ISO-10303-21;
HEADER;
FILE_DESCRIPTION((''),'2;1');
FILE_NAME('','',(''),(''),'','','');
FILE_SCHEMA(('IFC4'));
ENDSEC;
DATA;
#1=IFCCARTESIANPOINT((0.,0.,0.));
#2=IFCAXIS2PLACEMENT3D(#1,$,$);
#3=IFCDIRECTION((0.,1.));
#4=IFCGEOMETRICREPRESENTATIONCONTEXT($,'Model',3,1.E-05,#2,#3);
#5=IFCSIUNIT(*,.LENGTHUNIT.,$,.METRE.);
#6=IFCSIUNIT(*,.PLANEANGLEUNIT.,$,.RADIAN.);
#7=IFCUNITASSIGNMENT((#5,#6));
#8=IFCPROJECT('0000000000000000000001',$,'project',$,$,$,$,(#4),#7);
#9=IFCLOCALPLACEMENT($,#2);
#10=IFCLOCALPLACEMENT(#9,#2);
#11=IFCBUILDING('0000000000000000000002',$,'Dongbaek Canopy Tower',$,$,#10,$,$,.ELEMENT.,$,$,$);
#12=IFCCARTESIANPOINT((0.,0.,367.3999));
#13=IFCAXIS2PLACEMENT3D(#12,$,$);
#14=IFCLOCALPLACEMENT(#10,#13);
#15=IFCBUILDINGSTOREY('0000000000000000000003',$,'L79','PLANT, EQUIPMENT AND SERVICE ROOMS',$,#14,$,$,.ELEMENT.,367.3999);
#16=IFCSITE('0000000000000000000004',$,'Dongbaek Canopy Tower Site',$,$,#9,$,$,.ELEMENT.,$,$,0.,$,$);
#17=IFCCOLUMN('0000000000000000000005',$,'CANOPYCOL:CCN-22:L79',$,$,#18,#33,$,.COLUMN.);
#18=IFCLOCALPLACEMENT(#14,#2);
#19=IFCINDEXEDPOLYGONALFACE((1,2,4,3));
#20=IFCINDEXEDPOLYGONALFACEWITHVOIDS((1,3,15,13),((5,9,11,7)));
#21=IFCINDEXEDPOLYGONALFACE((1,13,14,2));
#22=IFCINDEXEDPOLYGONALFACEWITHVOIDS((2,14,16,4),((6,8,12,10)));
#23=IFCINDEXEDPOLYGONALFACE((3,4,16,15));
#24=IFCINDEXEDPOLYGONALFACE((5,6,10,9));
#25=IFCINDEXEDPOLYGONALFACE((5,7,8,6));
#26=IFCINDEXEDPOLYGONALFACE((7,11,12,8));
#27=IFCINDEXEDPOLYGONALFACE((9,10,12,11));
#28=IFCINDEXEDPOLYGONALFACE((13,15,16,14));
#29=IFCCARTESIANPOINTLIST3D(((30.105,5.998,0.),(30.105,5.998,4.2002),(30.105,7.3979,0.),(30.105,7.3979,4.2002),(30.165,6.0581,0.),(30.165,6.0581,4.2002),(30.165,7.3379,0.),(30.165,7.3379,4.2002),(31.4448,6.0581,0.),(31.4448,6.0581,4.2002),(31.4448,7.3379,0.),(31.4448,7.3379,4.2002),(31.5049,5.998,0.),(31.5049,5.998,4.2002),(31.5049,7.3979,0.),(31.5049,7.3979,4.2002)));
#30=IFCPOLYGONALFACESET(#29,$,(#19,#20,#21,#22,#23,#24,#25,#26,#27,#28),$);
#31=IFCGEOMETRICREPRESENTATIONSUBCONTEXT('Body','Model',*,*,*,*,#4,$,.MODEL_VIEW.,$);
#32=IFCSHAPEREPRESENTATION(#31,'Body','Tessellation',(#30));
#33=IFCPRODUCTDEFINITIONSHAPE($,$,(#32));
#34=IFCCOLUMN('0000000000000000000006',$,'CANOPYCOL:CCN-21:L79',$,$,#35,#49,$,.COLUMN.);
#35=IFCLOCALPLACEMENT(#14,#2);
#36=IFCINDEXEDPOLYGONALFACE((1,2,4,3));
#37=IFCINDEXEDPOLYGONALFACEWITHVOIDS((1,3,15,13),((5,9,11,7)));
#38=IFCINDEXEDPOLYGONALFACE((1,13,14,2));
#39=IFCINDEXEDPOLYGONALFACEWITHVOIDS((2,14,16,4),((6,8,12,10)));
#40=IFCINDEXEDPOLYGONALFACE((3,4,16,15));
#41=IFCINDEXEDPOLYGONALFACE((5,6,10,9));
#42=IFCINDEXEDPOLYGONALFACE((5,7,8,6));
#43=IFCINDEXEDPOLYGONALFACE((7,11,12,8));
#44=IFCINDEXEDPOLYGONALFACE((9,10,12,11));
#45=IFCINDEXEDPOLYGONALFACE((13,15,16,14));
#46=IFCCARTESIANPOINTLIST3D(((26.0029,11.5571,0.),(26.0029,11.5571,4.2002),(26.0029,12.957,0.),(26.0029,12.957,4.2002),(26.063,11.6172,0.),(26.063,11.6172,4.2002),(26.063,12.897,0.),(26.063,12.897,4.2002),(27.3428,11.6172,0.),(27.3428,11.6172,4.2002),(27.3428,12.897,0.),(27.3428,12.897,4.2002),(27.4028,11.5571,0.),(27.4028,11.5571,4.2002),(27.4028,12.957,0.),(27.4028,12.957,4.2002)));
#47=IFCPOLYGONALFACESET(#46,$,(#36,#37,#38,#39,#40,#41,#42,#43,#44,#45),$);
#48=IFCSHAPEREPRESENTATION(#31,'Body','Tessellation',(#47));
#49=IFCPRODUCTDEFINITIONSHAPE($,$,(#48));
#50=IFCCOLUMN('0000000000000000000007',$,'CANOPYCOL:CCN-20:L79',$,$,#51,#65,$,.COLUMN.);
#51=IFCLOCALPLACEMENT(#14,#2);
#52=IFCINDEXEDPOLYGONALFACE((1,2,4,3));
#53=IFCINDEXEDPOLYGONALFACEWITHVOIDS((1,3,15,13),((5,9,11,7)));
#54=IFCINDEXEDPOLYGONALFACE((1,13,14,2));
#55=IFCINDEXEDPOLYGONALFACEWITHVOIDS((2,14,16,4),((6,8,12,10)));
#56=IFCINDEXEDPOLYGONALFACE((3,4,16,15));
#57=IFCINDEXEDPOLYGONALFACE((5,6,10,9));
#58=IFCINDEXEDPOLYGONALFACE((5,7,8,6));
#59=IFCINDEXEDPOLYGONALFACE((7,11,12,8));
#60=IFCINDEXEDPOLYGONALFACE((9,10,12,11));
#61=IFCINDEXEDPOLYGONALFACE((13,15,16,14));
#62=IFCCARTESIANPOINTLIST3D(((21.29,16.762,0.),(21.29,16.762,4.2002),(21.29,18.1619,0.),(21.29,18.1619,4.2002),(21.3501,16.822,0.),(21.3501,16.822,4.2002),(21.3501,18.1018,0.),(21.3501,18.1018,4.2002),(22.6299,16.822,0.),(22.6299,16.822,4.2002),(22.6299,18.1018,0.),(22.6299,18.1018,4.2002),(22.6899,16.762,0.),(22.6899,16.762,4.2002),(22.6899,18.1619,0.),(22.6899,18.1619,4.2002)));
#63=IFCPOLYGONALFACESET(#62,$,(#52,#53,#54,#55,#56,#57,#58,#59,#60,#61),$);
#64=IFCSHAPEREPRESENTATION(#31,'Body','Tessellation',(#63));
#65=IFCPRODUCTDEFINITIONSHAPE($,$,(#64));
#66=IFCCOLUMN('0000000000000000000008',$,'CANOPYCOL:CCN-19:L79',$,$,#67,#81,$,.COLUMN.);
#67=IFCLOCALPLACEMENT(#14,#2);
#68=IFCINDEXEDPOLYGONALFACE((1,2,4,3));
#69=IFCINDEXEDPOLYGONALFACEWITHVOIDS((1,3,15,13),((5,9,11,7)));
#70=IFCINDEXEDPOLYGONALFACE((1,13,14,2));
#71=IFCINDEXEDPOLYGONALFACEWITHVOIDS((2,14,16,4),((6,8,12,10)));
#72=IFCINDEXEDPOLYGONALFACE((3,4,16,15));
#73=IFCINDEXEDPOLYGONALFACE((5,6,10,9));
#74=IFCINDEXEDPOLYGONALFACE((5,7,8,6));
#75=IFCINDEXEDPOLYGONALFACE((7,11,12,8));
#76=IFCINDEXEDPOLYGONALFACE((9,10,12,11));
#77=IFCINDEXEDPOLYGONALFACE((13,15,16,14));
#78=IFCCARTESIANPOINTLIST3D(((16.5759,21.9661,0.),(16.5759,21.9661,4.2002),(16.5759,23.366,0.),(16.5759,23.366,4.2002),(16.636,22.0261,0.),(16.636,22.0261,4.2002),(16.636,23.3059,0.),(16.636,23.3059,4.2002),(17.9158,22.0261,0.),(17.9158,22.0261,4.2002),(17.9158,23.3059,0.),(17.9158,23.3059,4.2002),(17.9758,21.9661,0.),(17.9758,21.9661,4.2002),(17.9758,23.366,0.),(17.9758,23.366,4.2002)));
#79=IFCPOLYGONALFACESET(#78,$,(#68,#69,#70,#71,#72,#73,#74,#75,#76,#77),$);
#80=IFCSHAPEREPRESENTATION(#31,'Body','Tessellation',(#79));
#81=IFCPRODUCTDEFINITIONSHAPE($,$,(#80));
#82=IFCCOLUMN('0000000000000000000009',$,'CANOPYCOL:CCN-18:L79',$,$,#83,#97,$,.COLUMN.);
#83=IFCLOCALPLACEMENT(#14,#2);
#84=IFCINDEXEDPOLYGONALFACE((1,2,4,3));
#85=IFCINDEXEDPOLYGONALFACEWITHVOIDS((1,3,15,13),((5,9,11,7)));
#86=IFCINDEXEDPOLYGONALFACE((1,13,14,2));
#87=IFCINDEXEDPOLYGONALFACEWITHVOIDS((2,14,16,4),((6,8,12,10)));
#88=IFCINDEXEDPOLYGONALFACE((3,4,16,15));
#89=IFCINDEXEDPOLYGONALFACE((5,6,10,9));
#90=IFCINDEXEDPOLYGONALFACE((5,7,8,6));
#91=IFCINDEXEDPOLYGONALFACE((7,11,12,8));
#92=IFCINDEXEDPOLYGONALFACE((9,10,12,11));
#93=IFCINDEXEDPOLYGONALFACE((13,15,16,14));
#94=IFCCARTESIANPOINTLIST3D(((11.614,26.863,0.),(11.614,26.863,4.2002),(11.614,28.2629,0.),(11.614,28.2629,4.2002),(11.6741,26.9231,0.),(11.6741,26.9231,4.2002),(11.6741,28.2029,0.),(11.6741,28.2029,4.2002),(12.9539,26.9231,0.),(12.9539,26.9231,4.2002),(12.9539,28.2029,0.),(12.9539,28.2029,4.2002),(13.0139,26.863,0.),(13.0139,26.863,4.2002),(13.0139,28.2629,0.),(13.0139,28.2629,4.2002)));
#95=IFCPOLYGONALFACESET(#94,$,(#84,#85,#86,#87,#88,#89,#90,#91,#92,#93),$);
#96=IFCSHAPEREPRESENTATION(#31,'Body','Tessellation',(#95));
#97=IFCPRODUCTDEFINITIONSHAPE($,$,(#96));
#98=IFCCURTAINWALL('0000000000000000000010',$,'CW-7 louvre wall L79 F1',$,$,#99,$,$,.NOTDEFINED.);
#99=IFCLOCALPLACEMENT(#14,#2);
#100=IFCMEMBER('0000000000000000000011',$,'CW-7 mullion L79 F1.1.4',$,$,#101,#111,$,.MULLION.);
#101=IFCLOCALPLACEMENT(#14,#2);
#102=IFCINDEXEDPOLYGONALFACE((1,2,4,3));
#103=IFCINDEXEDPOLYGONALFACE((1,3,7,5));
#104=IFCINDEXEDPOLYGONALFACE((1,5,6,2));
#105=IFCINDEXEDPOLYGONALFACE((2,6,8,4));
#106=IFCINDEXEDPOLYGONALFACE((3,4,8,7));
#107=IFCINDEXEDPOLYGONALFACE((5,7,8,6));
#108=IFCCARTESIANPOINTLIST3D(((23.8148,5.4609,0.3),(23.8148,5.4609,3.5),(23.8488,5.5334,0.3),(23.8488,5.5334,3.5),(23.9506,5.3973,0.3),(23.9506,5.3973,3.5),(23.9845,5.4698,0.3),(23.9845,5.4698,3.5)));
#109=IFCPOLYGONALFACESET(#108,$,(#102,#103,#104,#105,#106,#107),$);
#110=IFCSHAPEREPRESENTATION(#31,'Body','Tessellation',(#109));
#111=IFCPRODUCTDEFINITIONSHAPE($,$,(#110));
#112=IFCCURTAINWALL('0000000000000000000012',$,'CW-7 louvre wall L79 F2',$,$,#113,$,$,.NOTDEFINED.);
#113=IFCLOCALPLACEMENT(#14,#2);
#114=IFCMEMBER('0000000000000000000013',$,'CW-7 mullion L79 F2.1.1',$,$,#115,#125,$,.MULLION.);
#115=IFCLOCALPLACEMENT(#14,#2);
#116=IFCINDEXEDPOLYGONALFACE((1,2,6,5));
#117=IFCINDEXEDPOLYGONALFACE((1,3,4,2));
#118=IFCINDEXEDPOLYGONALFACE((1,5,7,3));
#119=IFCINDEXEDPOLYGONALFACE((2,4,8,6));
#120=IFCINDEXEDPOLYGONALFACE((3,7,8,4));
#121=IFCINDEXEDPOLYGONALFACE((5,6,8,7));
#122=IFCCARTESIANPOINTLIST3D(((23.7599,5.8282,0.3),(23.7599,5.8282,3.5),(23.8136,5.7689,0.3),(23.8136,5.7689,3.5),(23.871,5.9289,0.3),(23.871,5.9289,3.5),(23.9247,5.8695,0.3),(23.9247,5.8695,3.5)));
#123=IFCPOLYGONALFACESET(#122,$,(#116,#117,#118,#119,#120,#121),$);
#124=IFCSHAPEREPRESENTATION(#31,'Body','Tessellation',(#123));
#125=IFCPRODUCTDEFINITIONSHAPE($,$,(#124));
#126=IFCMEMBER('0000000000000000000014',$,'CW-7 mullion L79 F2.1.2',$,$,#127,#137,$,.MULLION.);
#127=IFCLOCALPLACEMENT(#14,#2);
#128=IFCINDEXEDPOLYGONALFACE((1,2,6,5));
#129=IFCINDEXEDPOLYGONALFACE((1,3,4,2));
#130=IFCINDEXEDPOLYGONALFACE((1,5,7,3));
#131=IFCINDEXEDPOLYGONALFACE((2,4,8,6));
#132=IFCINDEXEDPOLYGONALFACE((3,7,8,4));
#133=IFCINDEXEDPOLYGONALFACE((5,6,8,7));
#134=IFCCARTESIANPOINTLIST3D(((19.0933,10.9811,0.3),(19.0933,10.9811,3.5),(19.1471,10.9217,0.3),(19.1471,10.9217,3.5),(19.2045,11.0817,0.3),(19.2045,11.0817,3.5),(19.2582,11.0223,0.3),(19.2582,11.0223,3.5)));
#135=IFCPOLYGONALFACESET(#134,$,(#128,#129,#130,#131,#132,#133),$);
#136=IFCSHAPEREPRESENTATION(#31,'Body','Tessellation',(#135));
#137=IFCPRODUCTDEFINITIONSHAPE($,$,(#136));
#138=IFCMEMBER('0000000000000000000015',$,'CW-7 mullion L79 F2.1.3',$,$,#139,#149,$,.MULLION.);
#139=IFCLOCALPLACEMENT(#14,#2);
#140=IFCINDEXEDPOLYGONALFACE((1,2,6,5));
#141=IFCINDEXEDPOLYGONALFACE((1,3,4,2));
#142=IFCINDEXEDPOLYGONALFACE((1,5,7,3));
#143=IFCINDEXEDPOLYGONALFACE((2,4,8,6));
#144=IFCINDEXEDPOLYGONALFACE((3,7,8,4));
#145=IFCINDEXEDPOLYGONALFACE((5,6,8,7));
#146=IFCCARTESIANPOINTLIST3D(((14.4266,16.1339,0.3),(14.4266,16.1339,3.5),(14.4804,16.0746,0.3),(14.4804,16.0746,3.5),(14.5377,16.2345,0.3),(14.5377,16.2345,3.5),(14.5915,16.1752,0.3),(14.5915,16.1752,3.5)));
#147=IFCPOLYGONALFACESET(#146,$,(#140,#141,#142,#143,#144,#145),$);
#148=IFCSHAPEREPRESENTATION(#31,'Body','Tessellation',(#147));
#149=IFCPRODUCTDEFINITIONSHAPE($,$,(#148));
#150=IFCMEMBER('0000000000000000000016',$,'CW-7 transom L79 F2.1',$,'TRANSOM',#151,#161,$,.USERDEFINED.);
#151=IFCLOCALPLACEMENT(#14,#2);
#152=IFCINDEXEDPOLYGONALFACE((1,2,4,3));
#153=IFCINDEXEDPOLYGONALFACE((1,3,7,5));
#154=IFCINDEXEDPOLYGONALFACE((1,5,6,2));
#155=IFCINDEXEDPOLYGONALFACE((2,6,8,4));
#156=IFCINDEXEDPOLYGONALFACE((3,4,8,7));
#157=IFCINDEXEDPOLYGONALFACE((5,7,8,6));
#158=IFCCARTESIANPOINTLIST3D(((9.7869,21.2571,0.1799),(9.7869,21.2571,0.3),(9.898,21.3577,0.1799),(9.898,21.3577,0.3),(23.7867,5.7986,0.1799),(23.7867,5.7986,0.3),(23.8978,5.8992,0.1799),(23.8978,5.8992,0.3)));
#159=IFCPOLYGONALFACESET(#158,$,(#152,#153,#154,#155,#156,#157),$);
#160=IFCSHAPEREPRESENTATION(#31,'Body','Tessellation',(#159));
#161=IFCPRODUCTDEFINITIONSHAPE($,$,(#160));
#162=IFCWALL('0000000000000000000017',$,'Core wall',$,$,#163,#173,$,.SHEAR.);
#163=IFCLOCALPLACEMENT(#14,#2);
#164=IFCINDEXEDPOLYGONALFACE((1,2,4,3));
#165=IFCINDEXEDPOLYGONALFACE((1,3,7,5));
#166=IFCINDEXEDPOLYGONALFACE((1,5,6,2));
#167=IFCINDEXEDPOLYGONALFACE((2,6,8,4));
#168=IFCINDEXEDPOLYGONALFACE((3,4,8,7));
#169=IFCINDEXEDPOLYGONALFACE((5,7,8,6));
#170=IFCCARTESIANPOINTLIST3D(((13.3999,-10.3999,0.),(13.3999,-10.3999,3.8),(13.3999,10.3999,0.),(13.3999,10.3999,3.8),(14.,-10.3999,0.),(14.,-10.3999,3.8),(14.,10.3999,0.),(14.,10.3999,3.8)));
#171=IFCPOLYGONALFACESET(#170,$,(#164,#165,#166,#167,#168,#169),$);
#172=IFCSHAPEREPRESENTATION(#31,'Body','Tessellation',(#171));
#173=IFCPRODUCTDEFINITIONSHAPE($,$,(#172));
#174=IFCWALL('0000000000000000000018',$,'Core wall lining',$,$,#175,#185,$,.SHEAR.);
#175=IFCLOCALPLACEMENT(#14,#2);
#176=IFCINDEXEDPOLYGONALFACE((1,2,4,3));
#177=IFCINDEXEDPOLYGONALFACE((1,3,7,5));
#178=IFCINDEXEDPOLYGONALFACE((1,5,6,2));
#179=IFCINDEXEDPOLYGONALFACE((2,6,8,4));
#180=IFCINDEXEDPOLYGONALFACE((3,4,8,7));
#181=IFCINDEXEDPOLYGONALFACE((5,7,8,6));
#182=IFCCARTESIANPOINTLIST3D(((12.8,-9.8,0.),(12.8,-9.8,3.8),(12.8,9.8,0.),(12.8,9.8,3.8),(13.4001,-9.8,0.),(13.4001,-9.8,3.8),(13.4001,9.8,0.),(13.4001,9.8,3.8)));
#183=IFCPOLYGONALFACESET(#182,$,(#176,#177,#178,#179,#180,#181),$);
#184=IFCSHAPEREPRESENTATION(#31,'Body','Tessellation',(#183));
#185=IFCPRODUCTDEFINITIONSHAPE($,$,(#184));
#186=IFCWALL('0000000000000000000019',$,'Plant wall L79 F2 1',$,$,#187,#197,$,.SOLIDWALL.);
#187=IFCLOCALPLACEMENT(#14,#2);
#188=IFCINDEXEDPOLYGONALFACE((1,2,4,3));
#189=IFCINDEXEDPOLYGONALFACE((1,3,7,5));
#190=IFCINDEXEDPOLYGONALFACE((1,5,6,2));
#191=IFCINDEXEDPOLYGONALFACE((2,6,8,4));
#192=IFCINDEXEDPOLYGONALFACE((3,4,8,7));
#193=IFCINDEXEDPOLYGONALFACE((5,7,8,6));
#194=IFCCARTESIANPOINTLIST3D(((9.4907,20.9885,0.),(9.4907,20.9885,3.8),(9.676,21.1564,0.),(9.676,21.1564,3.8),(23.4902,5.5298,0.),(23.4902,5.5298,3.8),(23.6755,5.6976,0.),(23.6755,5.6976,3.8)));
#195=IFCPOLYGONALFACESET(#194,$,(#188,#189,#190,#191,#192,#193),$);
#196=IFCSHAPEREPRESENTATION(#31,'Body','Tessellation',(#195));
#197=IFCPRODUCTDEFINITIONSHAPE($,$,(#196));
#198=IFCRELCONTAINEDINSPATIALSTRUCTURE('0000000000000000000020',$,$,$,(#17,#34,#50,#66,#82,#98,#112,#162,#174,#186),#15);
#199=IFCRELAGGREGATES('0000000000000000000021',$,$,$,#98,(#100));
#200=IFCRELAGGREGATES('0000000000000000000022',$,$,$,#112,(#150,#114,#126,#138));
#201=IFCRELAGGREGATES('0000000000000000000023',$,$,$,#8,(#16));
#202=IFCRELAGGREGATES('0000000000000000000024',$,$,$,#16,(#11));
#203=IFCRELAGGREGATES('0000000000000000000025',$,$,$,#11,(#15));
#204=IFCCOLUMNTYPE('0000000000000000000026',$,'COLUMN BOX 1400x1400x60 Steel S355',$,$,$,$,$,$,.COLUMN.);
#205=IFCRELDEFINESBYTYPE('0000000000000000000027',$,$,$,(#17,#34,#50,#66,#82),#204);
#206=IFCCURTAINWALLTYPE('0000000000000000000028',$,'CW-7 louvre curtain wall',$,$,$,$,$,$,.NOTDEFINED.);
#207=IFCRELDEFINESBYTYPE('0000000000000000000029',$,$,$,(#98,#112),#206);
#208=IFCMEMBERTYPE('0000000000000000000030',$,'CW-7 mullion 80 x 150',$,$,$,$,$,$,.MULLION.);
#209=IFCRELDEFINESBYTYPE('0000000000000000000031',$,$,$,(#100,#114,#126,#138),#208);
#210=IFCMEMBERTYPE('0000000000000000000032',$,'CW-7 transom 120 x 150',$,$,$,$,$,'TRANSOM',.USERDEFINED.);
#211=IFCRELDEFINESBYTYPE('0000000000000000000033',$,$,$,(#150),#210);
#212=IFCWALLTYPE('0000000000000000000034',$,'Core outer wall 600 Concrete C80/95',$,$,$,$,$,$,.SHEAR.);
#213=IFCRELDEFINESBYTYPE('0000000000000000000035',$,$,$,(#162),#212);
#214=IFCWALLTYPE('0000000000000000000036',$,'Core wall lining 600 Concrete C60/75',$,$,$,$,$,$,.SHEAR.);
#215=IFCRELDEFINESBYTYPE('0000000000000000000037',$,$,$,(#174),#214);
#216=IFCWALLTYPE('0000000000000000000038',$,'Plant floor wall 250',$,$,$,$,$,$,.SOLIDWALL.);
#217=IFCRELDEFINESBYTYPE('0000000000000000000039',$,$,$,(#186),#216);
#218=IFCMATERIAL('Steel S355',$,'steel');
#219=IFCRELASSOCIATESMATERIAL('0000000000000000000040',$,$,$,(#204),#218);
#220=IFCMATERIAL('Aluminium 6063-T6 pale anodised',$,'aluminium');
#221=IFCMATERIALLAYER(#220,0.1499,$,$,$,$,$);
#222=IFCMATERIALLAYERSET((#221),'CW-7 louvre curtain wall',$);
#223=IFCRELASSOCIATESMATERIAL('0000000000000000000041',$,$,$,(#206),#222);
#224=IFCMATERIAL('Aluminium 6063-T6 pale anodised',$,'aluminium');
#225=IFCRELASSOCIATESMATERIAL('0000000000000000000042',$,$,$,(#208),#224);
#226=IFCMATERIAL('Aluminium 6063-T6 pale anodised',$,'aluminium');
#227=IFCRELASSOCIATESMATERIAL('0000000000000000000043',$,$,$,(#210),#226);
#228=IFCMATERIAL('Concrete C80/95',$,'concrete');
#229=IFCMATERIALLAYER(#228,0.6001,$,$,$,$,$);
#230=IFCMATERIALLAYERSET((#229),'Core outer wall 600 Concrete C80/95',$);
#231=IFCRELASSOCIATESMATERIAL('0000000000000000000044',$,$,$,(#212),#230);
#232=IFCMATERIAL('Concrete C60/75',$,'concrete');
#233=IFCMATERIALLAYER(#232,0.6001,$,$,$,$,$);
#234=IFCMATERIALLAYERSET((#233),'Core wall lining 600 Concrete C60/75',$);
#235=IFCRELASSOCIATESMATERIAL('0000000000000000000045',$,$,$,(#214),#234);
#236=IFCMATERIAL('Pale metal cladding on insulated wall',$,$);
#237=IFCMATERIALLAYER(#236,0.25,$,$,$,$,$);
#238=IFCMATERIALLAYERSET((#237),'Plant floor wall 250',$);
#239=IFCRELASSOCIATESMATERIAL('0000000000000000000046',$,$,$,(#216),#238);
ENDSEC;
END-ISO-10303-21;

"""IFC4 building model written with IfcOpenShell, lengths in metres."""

from ifc_helpers import new_model, si_unit, direction, frame, frame_2d, origin, origin_2d, place, context, subcontext, project, spatial, rectangle, hollow_rectangle, extrude, material, layer, layer_set, material_profile, profile_set, type_object, element, aggregate, save


model = new_model("IFC4")

# Units and contexts
model_context = context("Model", 3, precision=1e-05, world=origin(), true_north=direction((0.0, 1.0)))
body_context = subcontext(model_context, "Body", "Model", "MODEL_VIEW")
ifc_project = project(units=[si_unit("LENGTHUNIT", "METRE"), si_unit("PLANEANGLEUNIT", "RADIAN")], contexts=[model_context])

# Site, building, storey
site_placement = place(None, origin())
site = spatial("IfcSite", under=ifc_project, at=site_placement, Name="Dongbaek Canopy Tower Site", CompositionType="ELEMENT", RefElevation=0.0)
building_placement = place(site_placement, origin())
building = spatial("IfcBuilding", under=site, at=building_placement, Name="Dongbaek Canopy Tower", CompositionType="ELEMENT")
storey_placement = place(building_placement, frame((0.0, 0.0, 367.3999)))
storey = spatial("IfcBuildingStorey", under=building, at=storey_placement, Name="L79", Description="PLANT, EQUIPMENT AND SERVICE ROOMS", CompositionType="ELEMENT", Elevation=367.3999)

# Columns
ifc_material_1 = material(Name="Steel S355", Category="steel")
ifc_material_profile_1 = material_profile(ifc_material_1, hollow_rectangle(XDim=1.3999, YDim=1.3999, WallThickness=0.0601, at=origin_2d()), Name="COLUMN BOX 1400x1400x60 Steel S355")
ifc_profile_set_1 = profile_set([ifc_material_profile_1], Name="Steel S355")
column_type = type_object("IfcColumnType", Name="COLUMN BOX 1400x1400x60 Steel S355", PredefinedType="COLUMN", material=ifc_profile_set_1)
for number, where, z_axis, x_axis, name in (
    (1, (30.8049, 6.698, 0.0), (0.0, 0.0, 1.0), (1.0, 0.0, 0.0), "CANOPYCOL:CCN-22:L79"),
    (2, (26.7029, 12.2571, 0.0), (0.0, 0.0, 1.0), (1.0, 0.0, 0.0), "CANOPYCOL:CCN-21:L79"),
    (3, (21.99, 17.4619, 0.0), (0.0, 0.0, 1.0), (1.0, 0.0, 0.0), "CANOPYCOL:CCN-20:L79"),
    (4, (17.2759, 22.666, 0.0), (0.0, 0.0, 1.0), (1.0, 0.0, 0.0), "CANOPYCOL:CCN-19:L79"),
    (5, (12.314, 27.563, 0.0), (0.0, 0.0, 1.0), (1.0, 0.0, 0.0), "CANOPYCOL:CCN-18:L79"),
):
    element("IfcColumn", number, at=place(storey_placement, frame(where, z_axis=z_axis, x_axis=x_axis)), inside=storey, type_object=column_type, Name=name, PredefinedType="COLUMN", context=body_context, shape_type="SweptSolid", body=[
        extrude(hollow_rectangle(XDim=1.3999, YDim=1.3999, WallThickness=0.0601, at=origin_2d()), origin(), (0.0, 0.0, 1.0), 4.2002),
    ])

# Curtain wall, member
ifc_material_2 = material(Name="Aluminium 6063-T6 pale anodised", Category="aluminium")
ifc_layer_1 = layer(ifc_material_2, 0.1499)
ifc_layer_set_1 = layer_set([ifc_layer_1], Name="CW-7 louvre curtain wall")
curtain_wall_type = type_object("IfcCurtainWallType", Name="CW-7 louvre curtain wall", PredefinedType="NOTDEFINED", material=ifc_layer_set_1)
curtain_wall_1_placement = place(storey_placement, origin())
curtain_wall_1 = element("IfcCurtainWall", 6, at=curtain_wall_1_placement, inside=storey, type_object=curtain_wall_type, Name="CW-7 louvre wall L79 F1", PredefinedType="NOTDEFINED")
ifc_material_3 = material(Name="Aluminium 6063-T6 pale anodised", Category="aluminium")
ifc_material_profile_2 = material_profile(ifc_material_3, rectangle(XDim=0.1499, YDim=0.0801, at=origin_2d()), Name="CW-7 mullion 80 x 150")
ifc_profile_set_2 = profile_set([ifc_material_profile_2], Name="Aluminium 6063-T6 pale anodised")
member_type_1 = type_object("IfcMemberType", Name="CW-7 mullion 80 x 150", PredefinedType="MULLION", material=ifc_profile_set_2)
member_1_placement = place(storey_placement, frame((23.8997, 5.4653, 0.3), z_axis=(0.0, 0.0, 1.0), x_axis=(0.905605, -0.424123, 0.0)))
member_1 = element("IfcMember", 7, at=member_1_placement, type_object=member_type_1, Name="CW-7 mullion L79 F1.1.4", PredefinedType="MULLION", context=body_context, shape_type="SweptSolid", body=[
    extrude(rectangle(XDim=0.1499, YDim=0.0801, at=origin_2d()), origin(), (0.0, 0.0, 1.0), 3.2),
])

# Curtain wall, members
curtain_wall_2_placement = place(storey_placement, origin())
curtain_wall_2 = element("IfcCurtainWall", 8, at=curtain_wall_2_placement, inside=storey, type_object=curtain_wall_type, Name="CW-7 louvre wall L79 F2", PredefinedType="NOTDEFINED")
member_2_placement = place(storey_placement, frame((23.8423, 5.8489, 0.3), z_axis=(0.0, 0.0, 1.0), x_axis=(0.741222, 0.67126, 0.0)))
member_2 = element("IfcMember", 9, at=member_2_placement, type_object=member_type_1, Name="CW-7 mullion L79 F2.1.1", PredefinedType="MULLION", context=body_context, shape_type="SweptSolid", body=[
    extrude(rectangle(XDim=0.1499, YDim=0.0801, at=origin_2d()), origin(), (0.0, 0.0, 1.0), 3.2),
])
member_3_placement = place(storey_placement, frame((19.1758, 11.0017, 0.3), z_axis=(0.0, 0.0, 1.0), x_axis=(0.741222, 0.67126, 0.0)))
member_3 = element("IfcMember", 10, at=member_3_placement, type_object=member_type_1, Name="CW-7 mullion L79 F2.1.2", PredefinedType="MULLION", context=body_context, shape_type="SweptSolid", body=[
    extrude(rectangle(XDim=0.1499, YDim=0.0801, at=origin_2d()), origin(), (0.0, 0.0, 1.0), 3.2),
])
member_4_placement = place(storey_placement, frame((14.509, 16.1545, 0.3), z_axis=(0.0, 0.0, 1.0), x_axis=(0.741222, 0.67126, 0.0)))
member_4 = element("IfcMember", 11, at=member_4_placement, type_object=member_type_1, Name="CW-7 mullion L79 F2.1.3", PredefinedType="MULLION", context=body_context, shape_type="SweptSolid", body=[
    extrude(rectangle(XDim=0.1499, YDim=0.0801, at=origin_2d()), origin(), (0.0, 0.0, 1.0), 3.2),
])
ifc_material_4 = material(Name="Aluminium 6063-T6 pale anodised", Category="aluminium")
ifc_material_profile_3 = material_profile(ifc_material_4, rectangle(XDim=0.1499, YDim=0.1201, at=origin_2d()), Name="CW-7 transom 120 x 150")
ifc_profile_set_3 = profile_set([ifc_material_profile_3], Name="Aluminium 6063-T6 pale anodised")
member_type_2 = type_object("IfcMemberType", Name="CW-7 transom 120 x 150", ElementType="TRANSOM", PredefinedType="USERDEFINED", material=ifc_profile_set_3)
member_5_placement = place(storey_placement, frame((23.8423, 5.8489, 0.24), z_axis=(-0.671269, 0.741214, 0.0), x_axis=(-0.741214, -0.671269, 0.0)))
member_5 = element("IfcMember", 12, at=member_5_placement, type_object=member_type_2, Name="CW-7 transom L79 F2.1", ObjectType="TRANSOM", PredefinedType="USERDEFINED", context=body_context, shape_type="SweptSolid", body=[
    extrude(rectangle(XDim=0.1499, YDim=0.1201, at=origin_2d()), origin(), (0.0, 0.0, 1.0), 20.8557),
])

# Walls
ifc_material_5 = material(Name="Concrete C80/95", Category="concrete")
ifc_layer_2 = layer(ifc_material_5, 0.6001)
ifc_layer_set_2 = layer_set([ifc_layer_2], Name="Core outer wall 600 Concrete C80/95")
wall_type_1 = type_object("IfcWallType", Name="Core outer wall 600 Concrete C80/95", PredefinedType="SHEAR", material=ifc_layer_set_2)
wall_1_placement = place(storey_placement, frame((13.7, 10.3999, 0.0), z_axis=(0.0, 0.0, 1.0), x_axis=(0.0, -1.0, 0.0)))
element("IfcWall", 13, at=wall_1_placement, inside=storey, type_object=wall_type_1, Name="Core wall", PredefinedType="SHEAR", context=body_context, shape_type="SweptSolid", body=[
    extrude(rectangle(XDim=20.7998, YDim=0.6001, at=frame_2d((10.3999, 0.0))), origin(), (0.0, 0.0, 1.0), 3.8),
])
ifc_material_6 = material(Name="Concrete C60/75", Category="concrete")
ifc_layer_3 = layer(ifc_material_6, 0.6001)
ifc_layer_set_3 = layer_set([ifc_layer_3], Name="Core wall lining 600 Concrete C60/75")
wall_type_2 = type_object("IfcWallType", Name="Core wall lining 600 Concrete C60/75", PredefinedType="SHEAR", material=ifc_layer_set_3)
wall_2_placement = place(storey_placement, frame((13.1001, 9.8, 0.0), z_axis=(0.0, 0.0, 1.0), x_axis=(0.0, -1.0, 0.0)))
element("IfcWall", 14, at=wall_2_placement, inside=storey, type_object=wall_type_2, Name="Core wall lining", PredefinedType="SHEAR", context=body_context, shape_type="SweptSolid", body=[
    extrude(rectangle(XDim=19.6001, YDim=0.6001, at=frame_2d((9.8, 0.0))), origin(), (0.0, 0.0, 1.0), 3.8),
])
ifc_material_7 = material(Name="Pale metal cladding on insulated wall")
ifc_layer_4 = layer(ifc_material_7, 0.25)
ifc_layer_set_4 = layer_set([ifc_layer_4], Name="Plant floor wall 250")
wall_type_3 = type_object("IfcWallType", Name="Plant floor wall 250", PredefinedType="SOLIDWALL", material=ifc_layer_set_4)
wall_3_placement = place(storey_placement, frame((23.5828, 5.6138, 0.0), z_axis=(0.0, 0.0, 1.0), x_axis=(-0.671257, 0.741225, 0.0)))
element("IfcWall", 15, at=wall_3_placement, inside=storey, type_object=wall_type_3, Name="Plant wall L79 F2 1", PredefinedType="SOLIDWALL", context=body_context, shape_type="SweptSolid", body=[
    extrude(rectangle(XDim=20.8557, YDim=0.25, at=frame_2d((10.4277, 0.0))), origin(), (0.0, 0.0, 1.0), 3.8),
])

aggregate(curtain_wall_1, [member_1])
aggregate(curtain_wall_2, [member_5, member_2, member_3, member_4])

save(model, "model.ifc")
